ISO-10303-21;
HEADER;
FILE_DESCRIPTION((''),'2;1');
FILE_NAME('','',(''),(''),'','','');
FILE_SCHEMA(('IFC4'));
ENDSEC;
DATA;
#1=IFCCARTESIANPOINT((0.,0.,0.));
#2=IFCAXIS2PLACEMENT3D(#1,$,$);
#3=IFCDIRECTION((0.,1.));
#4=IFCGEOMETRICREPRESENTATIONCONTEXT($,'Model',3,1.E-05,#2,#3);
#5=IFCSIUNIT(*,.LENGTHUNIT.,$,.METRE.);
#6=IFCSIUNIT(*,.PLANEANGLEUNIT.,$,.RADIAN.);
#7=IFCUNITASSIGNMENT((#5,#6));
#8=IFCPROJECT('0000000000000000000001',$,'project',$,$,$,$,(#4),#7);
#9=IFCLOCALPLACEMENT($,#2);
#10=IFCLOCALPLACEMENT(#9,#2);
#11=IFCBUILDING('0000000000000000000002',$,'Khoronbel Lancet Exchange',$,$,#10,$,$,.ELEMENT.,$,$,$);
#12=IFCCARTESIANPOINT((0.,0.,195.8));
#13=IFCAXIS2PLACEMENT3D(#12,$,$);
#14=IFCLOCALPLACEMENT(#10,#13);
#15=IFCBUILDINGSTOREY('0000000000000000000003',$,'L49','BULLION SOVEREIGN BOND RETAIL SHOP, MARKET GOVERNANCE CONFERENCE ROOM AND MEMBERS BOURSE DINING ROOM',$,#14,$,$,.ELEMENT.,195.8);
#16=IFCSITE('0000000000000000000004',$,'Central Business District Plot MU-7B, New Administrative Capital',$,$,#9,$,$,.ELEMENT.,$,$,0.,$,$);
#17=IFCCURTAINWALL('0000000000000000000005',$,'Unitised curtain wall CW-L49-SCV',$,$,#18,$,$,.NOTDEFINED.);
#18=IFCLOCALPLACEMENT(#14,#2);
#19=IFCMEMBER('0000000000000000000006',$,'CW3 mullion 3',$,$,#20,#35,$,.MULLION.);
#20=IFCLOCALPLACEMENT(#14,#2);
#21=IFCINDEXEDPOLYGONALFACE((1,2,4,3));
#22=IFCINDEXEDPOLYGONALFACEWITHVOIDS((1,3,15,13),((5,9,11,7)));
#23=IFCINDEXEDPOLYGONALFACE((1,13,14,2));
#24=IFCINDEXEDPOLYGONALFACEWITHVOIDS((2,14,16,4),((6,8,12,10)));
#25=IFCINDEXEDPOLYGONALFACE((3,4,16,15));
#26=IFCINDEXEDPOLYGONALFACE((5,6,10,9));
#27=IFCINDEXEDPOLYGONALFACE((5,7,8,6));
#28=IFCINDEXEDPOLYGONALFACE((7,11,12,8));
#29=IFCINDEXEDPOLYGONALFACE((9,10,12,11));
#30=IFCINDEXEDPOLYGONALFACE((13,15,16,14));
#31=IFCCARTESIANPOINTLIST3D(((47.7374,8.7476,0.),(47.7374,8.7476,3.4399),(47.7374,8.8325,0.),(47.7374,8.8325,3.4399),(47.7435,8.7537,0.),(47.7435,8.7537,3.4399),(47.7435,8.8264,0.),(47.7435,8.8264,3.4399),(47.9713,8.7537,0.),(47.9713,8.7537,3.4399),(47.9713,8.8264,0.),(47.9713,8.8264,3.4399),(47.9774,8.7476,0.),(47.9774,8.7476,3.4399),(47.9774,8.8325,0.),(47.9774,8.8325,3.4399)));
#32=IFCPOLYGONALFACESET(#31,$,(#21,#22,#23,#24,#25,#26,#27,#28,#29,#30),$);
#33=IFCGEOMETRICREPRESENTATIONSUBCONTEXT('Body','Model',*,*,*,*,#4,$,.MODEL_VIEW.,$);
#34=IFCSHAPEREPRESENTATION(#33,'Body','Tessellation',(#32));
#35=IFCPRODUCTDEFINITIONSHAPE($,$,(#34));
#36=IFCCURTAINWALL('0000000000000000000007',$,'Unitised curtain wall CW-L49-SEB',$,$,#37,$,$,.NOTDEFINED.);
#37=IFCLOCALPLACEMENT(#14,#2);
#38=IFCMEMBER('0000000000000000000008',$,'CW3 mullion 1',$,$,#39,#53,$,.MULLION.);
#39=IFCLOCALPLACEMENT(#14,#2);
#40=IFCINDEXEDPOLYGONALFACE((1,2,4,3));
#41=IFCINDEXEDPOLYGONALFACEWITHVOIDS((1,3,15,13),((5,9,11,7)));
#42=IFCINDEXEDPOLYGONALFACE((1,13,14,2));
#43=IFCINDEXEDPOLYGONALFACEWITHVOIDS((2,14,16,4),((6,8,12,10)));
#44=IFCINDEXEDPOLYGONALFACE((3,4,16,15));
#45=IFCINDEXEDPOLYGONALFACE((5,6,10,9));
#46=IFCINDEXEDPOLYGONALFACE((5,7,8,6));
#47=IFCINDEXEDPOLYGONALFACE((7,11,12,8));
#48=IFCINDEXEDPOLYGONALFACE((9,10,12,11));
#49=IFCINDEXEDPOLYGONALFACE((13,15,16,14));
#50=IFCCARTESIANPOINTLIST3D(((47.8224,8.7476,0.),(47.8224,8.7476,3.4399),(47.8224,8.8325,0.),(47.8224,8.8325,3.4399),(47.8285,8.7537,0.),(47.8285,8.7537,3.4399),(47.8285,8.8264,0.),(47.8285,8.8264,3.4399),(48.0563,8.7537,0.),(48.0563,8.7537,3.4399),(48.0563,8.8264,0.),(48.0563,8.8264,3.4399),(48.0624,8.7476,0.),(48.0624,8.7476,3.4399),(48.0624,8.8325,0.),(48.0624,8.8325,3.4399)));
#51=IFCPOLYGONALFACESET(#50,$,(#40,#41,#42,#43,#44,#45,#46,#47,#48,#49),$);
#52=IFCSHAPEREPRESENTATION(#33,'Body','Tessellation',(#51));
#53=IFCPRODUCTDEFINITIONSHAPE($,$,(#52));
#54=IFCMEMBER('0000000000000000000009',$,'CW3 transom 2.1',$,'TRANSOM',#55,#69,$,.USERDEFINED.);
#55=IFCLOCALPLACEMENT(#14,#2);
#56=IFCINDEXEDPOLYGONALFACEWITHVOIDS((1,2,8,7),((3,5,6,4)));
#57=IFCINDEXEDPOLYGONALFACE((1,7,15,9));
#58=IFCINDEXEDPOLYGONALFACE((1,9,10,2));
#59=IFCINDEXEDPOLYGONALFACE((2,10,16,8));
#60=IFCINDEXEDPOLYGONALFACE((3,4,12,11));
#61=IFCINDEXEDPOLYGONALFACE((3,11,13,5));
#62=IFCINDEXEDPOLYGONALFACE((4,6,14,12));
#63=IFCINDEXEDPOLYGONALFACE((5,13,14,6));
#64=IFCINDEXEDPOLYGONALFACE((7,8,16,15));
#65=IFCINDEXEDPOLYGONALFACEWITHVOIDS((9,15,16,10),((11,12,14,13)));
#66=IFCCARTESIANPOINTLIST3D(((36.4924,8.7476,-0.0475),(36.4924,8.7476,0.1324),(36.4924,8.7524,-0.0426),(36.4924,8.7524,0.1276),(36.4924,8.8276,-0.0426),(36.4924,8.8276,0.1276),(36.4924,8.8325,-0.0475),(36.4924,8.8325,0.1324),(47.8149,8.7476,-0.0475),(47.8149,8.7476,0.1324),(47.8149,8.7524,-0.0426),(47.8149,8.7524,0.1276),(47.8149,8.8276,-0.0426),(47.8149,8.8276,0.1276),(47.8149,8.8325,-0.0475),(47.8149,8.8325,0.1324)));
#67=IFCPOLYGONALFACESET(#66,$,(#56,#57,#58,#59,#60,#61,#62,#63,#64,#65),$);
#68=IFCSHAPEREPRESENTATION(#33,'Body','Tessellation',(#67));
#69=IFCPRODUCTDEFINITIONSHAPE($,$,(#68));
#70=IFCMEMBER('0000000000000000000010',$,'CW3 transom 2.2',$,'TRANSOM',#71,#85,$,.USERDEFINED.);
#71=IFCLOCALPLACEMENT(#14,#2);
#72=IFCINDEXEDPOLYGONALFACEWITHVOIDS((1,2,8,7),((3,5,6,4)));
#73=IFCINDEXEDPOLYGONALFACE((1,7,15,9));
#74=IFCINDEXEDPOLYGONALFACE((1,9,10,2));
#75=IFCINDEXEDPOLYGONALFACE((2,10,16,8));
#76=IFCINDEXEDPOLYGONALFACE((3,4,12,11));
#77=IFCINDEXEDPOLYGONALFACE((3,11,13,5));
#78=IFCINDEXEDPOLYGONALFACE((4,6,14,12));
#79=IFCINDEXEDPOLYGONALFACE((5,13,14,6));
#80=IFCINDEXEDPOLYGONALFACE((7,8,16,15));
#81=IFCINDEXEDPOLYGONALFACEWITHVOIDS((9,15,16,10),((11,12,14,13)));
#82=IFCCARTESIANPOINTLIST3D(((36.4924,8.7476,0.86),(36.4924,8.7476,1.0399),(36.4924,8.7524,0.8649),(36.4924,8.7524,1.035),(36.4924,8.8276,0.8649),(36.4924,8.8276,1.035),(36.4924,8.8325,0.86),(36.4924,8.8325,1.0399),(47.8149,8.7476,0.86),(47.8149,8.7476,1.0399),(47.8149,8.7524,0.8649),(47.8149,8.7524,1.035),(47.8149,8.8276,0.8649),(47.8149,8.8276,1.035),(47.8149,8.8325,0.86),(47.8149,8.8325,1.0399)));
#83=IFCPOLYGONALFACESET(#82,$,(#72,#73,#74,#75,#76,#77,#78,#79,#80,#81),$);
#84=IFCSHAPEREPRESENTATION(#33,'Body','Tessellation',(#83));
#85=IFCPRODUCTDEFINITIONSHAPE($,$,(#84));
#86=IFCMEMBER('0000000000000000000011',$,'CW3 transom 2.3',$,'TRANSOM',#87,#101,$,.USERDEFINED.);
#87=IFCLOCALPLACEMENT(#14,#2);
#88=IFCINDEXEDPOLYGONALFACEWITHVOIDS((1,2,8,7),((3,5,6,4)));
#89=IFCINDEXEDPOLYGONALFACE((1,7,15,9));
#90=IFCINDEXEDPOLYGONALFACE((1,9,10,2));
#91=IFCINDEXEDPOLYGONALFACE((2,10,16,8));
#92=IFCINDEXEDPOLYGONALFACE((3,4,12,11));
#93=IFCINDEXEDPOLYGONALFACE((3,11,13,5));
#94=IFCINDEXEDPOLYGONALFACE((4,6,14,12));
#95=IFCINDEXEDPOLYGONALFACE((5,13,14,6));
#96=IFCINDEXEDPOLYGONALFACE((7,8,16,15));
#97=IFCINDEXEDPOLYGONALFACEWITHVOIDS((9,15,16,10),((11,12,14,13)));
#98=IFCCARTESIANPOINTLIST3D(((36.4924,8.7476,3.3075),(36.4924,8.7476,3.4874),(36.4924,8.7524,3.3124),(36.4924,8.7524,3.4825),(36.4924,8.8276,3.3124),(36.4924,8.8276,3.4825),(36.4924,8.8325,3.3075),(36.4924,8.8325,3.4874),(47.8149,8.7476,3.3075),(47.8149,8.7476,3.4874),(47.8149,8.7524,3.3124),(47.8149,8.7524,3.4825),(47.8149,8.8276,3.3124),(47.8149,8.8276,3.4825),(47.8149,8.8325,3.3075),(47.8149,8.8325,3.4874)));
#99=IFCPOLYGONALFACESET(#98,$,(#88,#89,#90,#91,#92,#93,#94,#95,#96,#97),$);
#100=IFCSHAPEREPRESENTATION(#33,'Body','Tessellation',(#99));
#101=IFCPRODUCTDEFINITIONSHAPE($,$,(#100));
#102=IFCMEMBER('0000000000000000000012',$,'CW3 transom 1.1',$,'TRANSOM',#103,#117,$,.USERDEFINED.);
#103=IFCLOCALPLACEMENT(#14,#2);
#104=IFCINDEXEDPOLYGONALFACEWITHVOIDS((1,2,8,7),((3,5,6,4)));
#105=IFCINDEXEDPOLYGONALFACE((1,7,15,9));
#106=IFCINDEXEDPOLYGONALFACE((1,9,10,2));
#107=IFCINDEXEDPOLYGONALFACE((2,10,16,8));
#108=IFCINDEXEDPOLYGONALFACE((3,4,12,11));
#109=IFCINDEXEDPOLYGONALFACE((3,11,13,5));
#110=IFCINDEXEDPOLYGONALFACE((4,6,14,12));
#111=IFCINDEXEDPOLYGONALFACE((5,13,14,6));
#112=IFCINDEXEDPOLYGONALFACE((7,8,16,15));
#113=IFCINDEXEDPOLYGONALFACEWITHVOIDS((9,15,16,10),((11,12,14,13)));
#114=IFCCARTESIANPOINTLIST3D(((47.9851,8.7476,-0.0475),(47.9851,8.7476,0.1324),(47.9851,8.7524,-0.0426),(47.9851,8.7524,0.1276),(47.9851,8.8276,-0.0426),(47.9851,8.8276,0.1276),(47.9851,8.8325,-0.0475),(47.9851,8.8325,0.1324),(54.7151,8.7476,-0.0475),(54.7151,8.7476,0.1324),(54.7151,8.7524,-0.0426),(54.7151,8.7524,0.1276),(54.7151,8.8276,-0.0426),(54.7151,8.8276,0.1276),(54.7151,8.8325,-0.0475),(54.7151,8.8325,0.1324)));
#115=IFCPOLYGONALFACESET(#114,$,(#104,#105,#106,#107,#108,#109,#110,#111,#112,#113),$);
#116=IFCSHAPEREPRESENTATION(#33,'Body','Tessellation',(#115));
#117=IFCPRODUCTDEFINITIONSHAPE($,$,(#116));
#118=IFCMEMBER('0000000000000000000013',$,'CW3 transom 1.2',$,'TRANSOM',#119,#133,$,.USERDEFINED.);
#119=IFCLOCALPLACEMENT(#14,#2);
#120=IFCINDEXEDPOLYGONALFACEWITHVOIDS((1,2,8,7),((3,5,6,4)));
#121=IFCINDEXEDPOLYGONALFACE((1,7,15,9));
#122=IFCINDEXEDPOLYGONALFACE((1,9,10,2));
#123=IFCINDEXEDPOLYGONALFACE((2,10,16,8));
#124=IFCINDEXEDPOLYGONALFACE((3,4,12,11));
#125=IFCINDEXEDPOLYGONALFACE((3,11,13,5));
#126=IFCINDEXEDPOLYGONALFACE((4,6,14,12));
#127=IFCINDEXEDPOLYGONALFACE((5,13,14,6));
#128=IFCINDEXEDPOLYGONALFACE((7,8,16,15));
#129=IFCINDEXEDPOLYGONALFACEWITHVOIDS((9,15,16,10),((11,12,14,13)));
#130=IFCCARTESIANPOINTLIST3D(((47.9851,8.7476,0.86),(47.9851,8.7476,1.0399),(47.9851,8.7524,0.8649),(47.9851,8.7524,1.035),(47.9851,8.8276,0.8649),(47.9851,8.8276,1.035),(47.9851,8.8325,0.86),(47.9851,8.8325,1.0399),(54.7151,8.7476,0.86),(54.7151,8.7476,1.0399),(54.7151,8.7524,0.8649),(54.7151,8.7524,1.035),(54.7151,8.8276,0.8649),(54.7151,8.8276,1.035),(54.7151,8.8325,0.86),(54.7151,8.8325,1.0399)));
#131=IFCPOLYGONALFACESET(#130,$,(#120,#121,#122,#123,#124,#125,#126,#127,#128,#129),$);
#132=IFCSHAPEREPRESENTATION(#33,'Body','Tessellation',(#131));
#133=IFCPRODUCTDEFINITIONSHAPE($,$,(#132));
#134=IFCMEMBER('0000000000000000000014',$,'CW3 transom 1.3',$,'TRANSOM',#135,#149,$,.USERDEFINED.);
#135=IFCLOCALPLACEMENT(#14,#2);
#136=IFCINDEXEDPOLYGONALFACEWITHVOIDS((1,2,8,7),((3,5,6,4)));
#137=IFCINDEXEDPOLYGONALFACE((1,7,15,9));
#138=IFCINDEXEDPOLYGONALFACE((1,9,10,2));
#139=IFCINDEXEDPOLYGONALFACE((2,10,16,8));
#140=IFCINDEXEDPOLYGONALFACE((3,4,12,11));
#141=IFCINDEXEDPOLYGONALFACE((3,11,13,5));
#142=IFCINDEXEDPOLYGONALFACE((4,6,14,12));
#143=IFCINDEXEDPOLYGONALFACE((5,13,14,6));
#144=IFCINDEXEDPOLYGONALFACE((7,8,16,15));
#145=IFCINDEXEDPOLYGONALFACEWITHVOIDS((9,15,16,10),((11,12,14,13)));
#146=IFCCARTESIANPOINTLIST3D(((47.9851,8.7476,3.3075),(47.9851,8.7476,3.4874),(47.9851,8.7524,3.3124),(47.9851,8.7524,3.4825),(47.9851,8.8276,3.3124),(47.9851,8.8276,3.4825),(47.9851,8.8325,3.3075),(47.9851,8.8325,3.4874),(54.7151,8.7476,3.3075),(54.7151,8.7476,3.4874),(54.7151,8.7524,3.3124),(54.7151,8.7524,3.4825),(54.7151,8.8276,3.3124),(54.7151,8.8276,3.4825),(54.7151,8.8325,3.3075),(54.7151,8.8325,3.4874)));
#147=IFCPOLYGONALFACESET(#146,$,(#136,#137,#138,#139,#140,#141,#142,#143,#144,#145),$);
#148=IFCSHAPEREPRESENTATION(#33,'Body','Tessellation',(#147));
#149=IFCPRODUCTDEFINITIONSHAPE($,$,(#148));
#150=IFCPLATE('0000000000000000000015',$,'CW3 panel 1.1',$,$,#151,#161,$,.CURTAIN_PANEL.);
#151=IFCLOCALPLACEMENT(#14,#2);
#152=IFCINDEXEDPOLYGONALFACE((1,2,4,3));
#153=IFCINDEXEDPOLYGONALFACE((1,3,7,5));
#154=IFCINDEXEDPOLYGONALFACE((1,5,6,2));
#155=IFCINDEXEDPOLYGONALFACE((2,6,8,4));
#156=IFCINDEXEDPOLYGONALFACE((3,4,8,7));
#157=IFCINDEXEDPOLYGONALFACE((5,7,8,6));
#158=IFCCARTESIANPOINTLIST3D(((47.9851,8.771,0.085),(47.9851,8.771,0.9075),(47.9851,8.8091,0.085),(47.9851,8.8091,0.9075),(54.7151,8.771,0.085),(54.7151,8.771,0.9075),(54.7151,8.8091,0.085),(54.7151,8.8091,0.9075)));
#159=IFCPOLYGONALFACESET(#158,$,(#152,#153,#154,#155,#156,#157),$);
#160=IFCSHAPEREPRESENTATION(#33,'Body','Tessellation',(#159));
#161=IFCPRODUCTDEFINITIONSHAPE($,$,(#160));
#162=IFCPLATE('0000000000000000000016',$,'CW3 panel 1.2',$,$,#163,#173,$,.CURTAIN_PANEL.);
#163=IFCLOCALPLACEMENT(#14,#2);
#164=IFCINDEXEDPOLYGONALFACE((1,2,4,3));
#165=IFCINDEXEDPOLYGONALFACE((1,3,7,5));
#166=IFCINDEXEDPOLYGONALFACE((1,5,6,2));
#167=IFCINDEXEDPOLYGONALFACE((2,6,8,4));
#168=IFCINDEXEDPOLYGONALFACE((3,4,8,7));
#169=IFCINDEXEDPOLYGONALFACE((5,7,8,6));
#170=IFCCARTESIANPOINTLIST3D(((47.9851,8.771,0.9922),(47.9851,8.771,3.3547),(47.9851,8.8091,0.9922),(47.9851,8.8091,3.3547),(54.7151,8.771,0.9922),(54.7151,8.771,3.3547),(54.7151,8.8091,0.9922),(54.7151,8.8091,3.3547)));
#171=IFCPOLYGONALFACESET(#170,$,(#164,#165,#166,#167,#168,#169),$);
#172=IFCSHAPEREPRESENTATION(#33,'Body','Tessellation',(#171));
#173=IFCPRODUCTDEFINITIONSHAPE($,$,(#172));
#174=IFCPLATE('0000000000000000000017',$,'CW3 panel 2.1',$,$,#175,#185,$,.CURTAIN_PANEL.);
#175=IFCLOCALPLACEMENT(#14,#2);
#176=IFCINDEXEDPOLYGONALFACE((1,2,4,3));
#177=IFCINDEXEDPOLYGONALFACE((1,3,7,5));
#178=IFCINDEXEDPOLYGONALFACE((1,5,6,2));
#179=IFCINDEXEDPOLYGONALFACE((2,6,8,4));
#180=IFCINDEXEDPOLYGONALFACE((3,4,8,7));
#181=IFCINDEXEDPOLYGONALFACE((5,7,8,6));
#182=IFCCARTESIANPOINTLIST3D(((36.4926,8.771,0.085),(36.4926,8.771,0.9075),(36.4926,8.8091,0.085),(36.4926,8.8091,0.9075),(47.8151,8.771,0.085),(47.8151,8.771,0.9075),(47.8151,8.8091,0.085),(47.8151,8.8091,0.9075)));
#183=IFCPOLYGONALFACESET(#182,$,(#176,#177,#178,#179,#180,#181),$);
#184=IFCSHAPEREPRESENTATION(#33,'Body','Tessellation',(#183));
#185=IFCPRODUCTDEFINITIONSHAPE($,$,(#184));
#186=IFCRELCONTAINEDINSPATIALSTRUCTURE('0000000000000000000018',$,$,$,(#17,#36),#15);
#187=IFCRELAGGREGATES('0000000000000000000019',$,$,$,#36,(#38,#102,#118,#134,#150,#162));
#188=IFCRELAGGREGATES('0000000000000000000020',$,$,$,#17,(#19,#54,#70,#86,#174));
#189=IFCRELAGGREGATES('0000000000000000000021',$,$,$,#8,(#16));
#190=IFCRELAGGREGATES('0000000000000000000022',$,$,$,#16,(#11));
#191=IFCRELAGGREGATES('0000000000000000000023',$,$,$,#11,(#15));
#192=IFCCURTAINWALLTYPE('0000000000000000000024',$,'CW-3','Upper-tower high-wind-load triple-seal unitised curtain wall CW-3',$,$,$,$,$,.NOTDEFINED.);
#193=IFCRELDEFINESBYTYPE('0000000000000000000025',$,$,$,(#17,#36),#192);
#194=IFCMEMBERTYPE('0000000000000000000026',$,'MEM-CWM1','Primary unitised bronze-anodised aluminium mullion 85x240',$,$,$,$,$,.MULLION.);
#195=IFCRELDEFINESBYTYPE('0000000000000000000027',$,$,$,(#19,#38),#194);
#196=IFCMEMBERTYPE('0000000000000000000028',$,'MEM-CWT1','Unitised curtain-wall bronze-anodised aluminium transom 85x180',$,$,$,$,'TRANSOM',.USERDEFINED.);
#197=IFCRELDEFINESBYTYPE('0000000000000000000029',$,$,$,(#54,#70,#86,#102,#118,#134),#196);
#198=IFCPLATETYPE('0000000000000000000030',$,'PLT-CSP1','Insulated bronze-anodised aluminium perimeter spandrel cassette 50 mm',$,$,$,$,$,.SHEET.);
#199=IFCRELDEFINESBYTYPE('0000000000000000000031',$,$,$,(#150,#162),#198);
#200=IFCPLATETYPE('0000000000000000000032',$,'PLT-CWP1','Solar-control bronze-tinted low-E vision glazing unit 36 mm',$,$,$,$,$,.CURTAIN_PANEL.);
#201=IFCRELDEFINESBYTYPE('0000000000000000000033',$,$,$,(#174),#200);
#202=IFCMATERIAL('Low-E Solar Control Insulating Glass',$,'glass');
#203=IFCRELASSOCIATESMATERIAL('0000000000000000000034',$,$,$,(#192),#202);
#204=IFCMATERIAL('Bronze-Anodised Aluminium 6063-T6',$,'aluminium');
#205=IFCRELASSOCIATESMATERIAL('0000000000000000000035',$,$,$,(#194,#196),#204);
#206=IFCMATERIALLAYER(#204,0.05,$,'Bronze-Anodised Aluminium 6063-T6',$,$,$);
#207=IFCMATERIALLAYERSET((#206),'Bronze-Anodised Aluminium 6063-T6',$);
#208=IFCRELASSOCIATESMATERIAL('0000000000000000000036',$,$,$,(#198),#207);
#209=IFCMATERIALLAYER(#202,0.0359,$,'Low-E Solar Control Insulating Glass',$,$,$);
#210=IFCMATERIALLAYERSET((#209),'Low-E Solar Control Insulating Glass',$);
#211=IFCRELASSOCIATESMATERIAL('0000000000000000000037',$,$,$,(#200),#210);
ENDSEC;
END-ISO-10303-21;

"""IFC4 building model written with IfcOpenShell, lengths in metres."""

from ifc_helpers import new_model, si_unit, direction, frame, origin, origin_2d, place, context, subcontext, project, spatial, rectangle, hollow_rectangle, extrude, material, layer, layer_set, material_profile, profile_set, type_object, element, aggregate, save


model = new_model("IFC4")

# Units and contexts
model_context = context("Model", 3, precision=1e-05, world=origin(), true_north=direction((0.0, 1.0)))
body_context = subcontext(model_context, "Body", "Model", "MODEL_VIEW")
ifc_project = project(units=[si_unit("LENGTHUNIT", "METRE"), si_unit("PLANEANGLEUNIT", "RADIAN")], contexts=[model_context])

# Site, building, storey
site_placement = place(None, origin())
site = spatial("IfcSite", under=ifc_project, at=site_placement, Name="Central Business District Plot MU-7B, New Administrative Capital", CompositionType="ELEMENT", RefElevation=0.0)
building_placement = place(site_placement, origin())
building = spatial("IfcBuilding", under=site, at=building_placement, Name="Khoronbel Lancet Exchange", CompositionType="ELEMENT")
storey_placement = place(building_placement, frame((0.0, 0.0, 195.8)))
storey = spatial("IfcBuildingStorey", under=building, at=storey_placement, Name="L49", Description="BULLION SOVEREIGN BOND RETAIL SHOP, MARKET GOVERNANCE CONFERENCE ROOM AND MEMBERS BOURSE DINING ROOM", CompositionType="ELEMENT", Elevation=195.8)

# Curtain wall, member
ifc_material_1 = material(Name="Low-E Solar Control Insulating Glass", Category="glass")
curtain_wall_type = type_object("IfcCurtainWallType", Name="CW-3", Description="Upper-tower high-wind-load triple-seal unitised curtain wall CW-3", PredefinedType="NOTDEFINED", material=ifc_material_1)
curtain_wall_1_placement = place(storey_placement, origin())
curtain_wall_1 = element("IfcCurtainWall", 1, at=curtain_wall_1_placement, inside=storey, type_object=curtain_wall_type, Name="Unitised curtain wall CW-L49-SCV", PredefinedType="NOTDEFINED")
ifc_material_2 = material(Name="Bronze-Anodised Aluminium 6063-T6", Category="aluminium")
ifc_material_profile_1 = material_profile(ifc_material_2, hollow_rectangle(XDim=0.085, YDim=0.24, WallThickness=0.0061, at=origin_2d()), Name="ALU MULLION 85x240")
ifc_profile_set_1 = profile_set([ifc_material_profile_1], Name="Bronze-Anodised Aluminium 6063-T6")
member_type_1 = type_object("IfcMemberType", Name="MEM-CWM1", Description="Primary unitised bronze-anodised aluminium mullion 85x240", PredefinedType="MULLION", material=ifc_profile_set_1)
member_1_placement = place(storey_placement, frame((47.8574, 8.79, 0.0), z_axis=(0.0, 0.0, 1.0), x_axis=(0.0, 1.0, 0.0)))
member_1 = element("IfcMember", 2, at=member_1_placement, type_object=member_type_1, Name="CW3 mullion 3", PredefinedType="MULLION", context=body_context, shape_type="SweptSolid", body=[
    extrude(hollow_rectangle(XDim=0.085, YDim=0.24, WallThickness=0.0061, at=origin_2d()), origin(), (0.0, 0.0, 1.0), 3.4399),
])

# Curtain wall, member
curtain_wall_2_placement = place(storey_placement, origin())
curtain_wall_2 = element("IfcCurtainWall", 3, at=curtain_wall_2_placement, inside=storey, type_object=curtain_wall_type, Name="Unitised curtain wall CW-L49-SEB", PredefinedType="NOTDEFINED")
member_2_placement = place(storey_placement, frame((47.9424, 8.79, 0.0), z_axis=(0.0, 0.0, 1.0), x_axis=(0.0, 1.0, 0.0)))
member_2 = element("IfcMember", 4, at=member_2_placement, type_object=member_type_1, Name="CW3 mullion 1", PredefinedType="MULLION", context=body_context, shape_type="SweptSolid", body=[
    extrude(hollow_rectangle(XDim=0.085, YDim=0.24, WallThickness=0.0061, at=origin_2d()), origin(), (0.0, 0.0, 1.0), 3.4399),
])

# Members
ifc_material_profile_2 = material_profile(ifc_material_2, hollow_rectangle(XDim=0.085, YDim=0.1799, WallThickness=0.0049, at=origin_2d()), Name="ALU TRANSOM 85x180")
ifc_profile_set_2 = profile_set([ifc_material_profile_2], Name="Bronze-Anodised Aluminium 6063-T6")
member_type_2 = type_object("IfcMemberType", Name="MEM-CWT1", Description="Unitised curtain-wall bronze-anodised aluminium transom 85x180", ElementType="TRANSOM", PredefinedType="USERDEFINED", material=ifc_profile_set_2)
member_3_placement = place(storey_placement, frame((36.4924, 8.79, 0.0425), z_axis=(1.0, 0.0, 0.0), x_axis=(0.0, 1.0, 0.0)))
member_3 = element("IfcMember", 5, at=member_3_placement, type_object=member_type_2, Name="CW3 transom 2.1", ObjectType="TRANSOM", PredefinedType="USERDEFINED", context=body_context, shape_type="SweptSolid", body=[
    extrude(hollow_rectangle(XDim=0.085, YDim=0.1799, WallThickness=0.0049, at=origin_2d()), origin(), (0.0, 0.0, 1.0), 11.3225),
])
member_4_placement = place(storey_placement, frame((36.4924, 8.79, 0.95), z_axis=(1.0, 0.0, 0.0), x_axis=(0.0, 1.0, 0.0)))
member_4 = element("IfcMember", 6, at=member_4_placement, type_object=member_type_2, Name="CW3 transom 2.2", ObjectType="TRANSOM", PredefinedType="USERDEFINED", context=body_context, shape_type="SweptSolid", body=[
    extrude(hollow_rectangle(XDim=0.085, YDim=0.1799, WallThickness=0.0049, at=origin_2d()), origin(), (0.0, 0.0, 1.0), 11.3225),
])
member_5_placement = place(storey_placement, frame((36.4924, 8.79, 3.3975), z_axis=(1.0, 0.0, 0.0), x_axis=(0.0, 1.0, 0.0)))
member_5 = element("IfcMember", 7, at=member_5_placement, type_object=member_type_2, Name="CW3 transom 2.3", ObjectType="TRANSOM", PredefinedType="USERDEFINED", context=body_context, shape_type="SweptSolid", body=[
    extrude(hollow_rectangle(XDim=0.085, YDim=0.1799, WallThickness=0.0049, at=origin_2d()), origin(), (0.0, 0.0, 1.0), 11.3225),
])
member_6_placement = place(storey_placement, frame((47.9851, 8.79, 0.0425), z_axis=(1.0, 0.0, 0.0), x_axis=(0.0, 1.0, 0.0)))
member_6 = element("IfcMember", 8, at=member_6_placement, type_object=member_type_2, Name="CW3 transom 1.1", ObjectType="TRANSOM", PredefinedType="USERDEFINED", context=body_context, shape_type="SweptSolid", body=[
    extrude(hollow_rectangle(XDim=0.085, YDim=0.1799, WallThickness=0.0049, at=origin_2d()), origin(), (0.0, 0.0, 1.0), 6.73),
])
member_7_placement = place(storey_placement, frame((47.9851, 8.79, 0.95), z_axis=(1.0, 0.0, 0.0), x_axis=(0.0, 1.0, 0.0)))
member_7 = element("IfcMember", 9, at=member_7_placement, type_object=member_type_2, Name="CW3 transom 1.2", ObjectType="TRANSOM", PredefinedType="USERDEFINED", context=body_context, shape_type="SweptSolid", body=[
    extrude(hollow_rectangle(XDim=0.085, YDim=0.1799, WallThickness=0.0049, at=origin_2d()), origin(), (0.0, 0.0, 1.0), 6.73),
])
member_8_placement = place(storey_placement, frame((47.9851, 8.79, 3.3975), z_axis=(1.0, 0.0, 0.0), x_axis=(0.0, 1.0, 0.0)))
member_8 = element("IfcMember", 10, at=member_8_placement, type_object=member_type_2, Name="CW3 transom 1.3", ObjectType="TRANSOM", PredefinedType="USERDEFINED", context=body_context, shape_type="SweptSolid", body=[
    extrude(hollow_rectangle(XDim=0.085, YDim=0.1799, WallThickness=0.0049, at=origin_2d()), origin(), (0.0, 0.0, 1.0), 6.73),
])

# Plates
ifc_layer_1 = layer(ifc_material_2, 0.05, Name="Bronze-Anodised Aluminium 6063-T6")
ifc_layer_set_1 = layer_set([ifc_layer_1], Name="Bronze-Anodised Aluminium 6063-T6")
plate_type_1 = type_object("IfcPlateType", Name="PLT-CSP1", Description="Insulated bronze-anodised aluminium perimeter spandrel cassette 50 mm", PredefinedType="SHEET", material=ifc_layer_set_1)
plate_1_placement = place(storey_placement, frame((51.3501, 8.79, 0.085), z_axis=(0.0, 0.0, 1.0), x_axis=(1.0, 0.0, 0.0)))
plate_1 = element("IfcPlate", 11, at=plate_1_placement, type_object=plate_type_1, Name="CW3 panel 1.1", PredefinedType="CURTAIN_PANEL", context=body_context, shape_type="SweptSolid", body=[
    extrude(rectangle(XDim=6.73, YDim=0.0381, at=origin_2d()), origin(), (0.0, 0.0, 1.0), 0.8225),
])
plate_2_placement = place(storey_placement, frame((51.3501, 8.79, 0.9922), z_axis=(0.0, 0.0, 1.0), x_axis=(1.0, 0.0, 0.0)))
plate_2 = element("IfcPlate", 12, at=plate_2_placement, type_object=plate_type_1, Name="CW3 panel 1.2", PredefinedType="CURTAIN_PANEL", context=body_context, shape_type="SweptSolid", body=[
    extrude(rectangle(XDim=6.73, YDim=0.0381, at=origin_2d()), origin(), (0.0, 0.0, 1.0), 2.3625),
])
aggregate(curtain_wall_2, [member_2, member_6, member_7, member_8, plate_1, plate_2])
ifc_layer_2 = layer(ifc_material_1, 0.0359, Name="Low-E Solar Control Insulating Glass")
ifc_layer_set_2 = layer_set([ifc_layer_2], Name="Low-E Solar Control Insulating Glass")
plate_type_2 = type_object("IfcPlateType", Name="PLT-CWP1", Description="Solar-control bronze-tinted low-E vision glazing unit 36 mm", PredefinedType="CURTAIN_PANEL", material=ifc_layer_set_2)
plate_3_placement = place(storey_placement, frame((42.1538, 8.79, 0.085), z_axis=(0.0, 0.0, 1.0), x_axis=(1.0, 0.0, 0.0)))
plate_3 = element("IfcPlate", 13, at=plate_3_placement, type_object=plate_type_2, Name="CW3 panel 2.1", PredefinedType="CURTAIN_PANEL", context=body_context, shape_type="SweptSolid", body=[
    extrude(rectangle(XDim=11.3225, YDim=0.0381, at=origin_2d()), origin(), (0.0, 0.0, 1.0), 0.8225),
])
aggregate(curtain_wall_1, [member_1, member_3, member_4, member_5, plate_3])

save(model, "model.ifc")
